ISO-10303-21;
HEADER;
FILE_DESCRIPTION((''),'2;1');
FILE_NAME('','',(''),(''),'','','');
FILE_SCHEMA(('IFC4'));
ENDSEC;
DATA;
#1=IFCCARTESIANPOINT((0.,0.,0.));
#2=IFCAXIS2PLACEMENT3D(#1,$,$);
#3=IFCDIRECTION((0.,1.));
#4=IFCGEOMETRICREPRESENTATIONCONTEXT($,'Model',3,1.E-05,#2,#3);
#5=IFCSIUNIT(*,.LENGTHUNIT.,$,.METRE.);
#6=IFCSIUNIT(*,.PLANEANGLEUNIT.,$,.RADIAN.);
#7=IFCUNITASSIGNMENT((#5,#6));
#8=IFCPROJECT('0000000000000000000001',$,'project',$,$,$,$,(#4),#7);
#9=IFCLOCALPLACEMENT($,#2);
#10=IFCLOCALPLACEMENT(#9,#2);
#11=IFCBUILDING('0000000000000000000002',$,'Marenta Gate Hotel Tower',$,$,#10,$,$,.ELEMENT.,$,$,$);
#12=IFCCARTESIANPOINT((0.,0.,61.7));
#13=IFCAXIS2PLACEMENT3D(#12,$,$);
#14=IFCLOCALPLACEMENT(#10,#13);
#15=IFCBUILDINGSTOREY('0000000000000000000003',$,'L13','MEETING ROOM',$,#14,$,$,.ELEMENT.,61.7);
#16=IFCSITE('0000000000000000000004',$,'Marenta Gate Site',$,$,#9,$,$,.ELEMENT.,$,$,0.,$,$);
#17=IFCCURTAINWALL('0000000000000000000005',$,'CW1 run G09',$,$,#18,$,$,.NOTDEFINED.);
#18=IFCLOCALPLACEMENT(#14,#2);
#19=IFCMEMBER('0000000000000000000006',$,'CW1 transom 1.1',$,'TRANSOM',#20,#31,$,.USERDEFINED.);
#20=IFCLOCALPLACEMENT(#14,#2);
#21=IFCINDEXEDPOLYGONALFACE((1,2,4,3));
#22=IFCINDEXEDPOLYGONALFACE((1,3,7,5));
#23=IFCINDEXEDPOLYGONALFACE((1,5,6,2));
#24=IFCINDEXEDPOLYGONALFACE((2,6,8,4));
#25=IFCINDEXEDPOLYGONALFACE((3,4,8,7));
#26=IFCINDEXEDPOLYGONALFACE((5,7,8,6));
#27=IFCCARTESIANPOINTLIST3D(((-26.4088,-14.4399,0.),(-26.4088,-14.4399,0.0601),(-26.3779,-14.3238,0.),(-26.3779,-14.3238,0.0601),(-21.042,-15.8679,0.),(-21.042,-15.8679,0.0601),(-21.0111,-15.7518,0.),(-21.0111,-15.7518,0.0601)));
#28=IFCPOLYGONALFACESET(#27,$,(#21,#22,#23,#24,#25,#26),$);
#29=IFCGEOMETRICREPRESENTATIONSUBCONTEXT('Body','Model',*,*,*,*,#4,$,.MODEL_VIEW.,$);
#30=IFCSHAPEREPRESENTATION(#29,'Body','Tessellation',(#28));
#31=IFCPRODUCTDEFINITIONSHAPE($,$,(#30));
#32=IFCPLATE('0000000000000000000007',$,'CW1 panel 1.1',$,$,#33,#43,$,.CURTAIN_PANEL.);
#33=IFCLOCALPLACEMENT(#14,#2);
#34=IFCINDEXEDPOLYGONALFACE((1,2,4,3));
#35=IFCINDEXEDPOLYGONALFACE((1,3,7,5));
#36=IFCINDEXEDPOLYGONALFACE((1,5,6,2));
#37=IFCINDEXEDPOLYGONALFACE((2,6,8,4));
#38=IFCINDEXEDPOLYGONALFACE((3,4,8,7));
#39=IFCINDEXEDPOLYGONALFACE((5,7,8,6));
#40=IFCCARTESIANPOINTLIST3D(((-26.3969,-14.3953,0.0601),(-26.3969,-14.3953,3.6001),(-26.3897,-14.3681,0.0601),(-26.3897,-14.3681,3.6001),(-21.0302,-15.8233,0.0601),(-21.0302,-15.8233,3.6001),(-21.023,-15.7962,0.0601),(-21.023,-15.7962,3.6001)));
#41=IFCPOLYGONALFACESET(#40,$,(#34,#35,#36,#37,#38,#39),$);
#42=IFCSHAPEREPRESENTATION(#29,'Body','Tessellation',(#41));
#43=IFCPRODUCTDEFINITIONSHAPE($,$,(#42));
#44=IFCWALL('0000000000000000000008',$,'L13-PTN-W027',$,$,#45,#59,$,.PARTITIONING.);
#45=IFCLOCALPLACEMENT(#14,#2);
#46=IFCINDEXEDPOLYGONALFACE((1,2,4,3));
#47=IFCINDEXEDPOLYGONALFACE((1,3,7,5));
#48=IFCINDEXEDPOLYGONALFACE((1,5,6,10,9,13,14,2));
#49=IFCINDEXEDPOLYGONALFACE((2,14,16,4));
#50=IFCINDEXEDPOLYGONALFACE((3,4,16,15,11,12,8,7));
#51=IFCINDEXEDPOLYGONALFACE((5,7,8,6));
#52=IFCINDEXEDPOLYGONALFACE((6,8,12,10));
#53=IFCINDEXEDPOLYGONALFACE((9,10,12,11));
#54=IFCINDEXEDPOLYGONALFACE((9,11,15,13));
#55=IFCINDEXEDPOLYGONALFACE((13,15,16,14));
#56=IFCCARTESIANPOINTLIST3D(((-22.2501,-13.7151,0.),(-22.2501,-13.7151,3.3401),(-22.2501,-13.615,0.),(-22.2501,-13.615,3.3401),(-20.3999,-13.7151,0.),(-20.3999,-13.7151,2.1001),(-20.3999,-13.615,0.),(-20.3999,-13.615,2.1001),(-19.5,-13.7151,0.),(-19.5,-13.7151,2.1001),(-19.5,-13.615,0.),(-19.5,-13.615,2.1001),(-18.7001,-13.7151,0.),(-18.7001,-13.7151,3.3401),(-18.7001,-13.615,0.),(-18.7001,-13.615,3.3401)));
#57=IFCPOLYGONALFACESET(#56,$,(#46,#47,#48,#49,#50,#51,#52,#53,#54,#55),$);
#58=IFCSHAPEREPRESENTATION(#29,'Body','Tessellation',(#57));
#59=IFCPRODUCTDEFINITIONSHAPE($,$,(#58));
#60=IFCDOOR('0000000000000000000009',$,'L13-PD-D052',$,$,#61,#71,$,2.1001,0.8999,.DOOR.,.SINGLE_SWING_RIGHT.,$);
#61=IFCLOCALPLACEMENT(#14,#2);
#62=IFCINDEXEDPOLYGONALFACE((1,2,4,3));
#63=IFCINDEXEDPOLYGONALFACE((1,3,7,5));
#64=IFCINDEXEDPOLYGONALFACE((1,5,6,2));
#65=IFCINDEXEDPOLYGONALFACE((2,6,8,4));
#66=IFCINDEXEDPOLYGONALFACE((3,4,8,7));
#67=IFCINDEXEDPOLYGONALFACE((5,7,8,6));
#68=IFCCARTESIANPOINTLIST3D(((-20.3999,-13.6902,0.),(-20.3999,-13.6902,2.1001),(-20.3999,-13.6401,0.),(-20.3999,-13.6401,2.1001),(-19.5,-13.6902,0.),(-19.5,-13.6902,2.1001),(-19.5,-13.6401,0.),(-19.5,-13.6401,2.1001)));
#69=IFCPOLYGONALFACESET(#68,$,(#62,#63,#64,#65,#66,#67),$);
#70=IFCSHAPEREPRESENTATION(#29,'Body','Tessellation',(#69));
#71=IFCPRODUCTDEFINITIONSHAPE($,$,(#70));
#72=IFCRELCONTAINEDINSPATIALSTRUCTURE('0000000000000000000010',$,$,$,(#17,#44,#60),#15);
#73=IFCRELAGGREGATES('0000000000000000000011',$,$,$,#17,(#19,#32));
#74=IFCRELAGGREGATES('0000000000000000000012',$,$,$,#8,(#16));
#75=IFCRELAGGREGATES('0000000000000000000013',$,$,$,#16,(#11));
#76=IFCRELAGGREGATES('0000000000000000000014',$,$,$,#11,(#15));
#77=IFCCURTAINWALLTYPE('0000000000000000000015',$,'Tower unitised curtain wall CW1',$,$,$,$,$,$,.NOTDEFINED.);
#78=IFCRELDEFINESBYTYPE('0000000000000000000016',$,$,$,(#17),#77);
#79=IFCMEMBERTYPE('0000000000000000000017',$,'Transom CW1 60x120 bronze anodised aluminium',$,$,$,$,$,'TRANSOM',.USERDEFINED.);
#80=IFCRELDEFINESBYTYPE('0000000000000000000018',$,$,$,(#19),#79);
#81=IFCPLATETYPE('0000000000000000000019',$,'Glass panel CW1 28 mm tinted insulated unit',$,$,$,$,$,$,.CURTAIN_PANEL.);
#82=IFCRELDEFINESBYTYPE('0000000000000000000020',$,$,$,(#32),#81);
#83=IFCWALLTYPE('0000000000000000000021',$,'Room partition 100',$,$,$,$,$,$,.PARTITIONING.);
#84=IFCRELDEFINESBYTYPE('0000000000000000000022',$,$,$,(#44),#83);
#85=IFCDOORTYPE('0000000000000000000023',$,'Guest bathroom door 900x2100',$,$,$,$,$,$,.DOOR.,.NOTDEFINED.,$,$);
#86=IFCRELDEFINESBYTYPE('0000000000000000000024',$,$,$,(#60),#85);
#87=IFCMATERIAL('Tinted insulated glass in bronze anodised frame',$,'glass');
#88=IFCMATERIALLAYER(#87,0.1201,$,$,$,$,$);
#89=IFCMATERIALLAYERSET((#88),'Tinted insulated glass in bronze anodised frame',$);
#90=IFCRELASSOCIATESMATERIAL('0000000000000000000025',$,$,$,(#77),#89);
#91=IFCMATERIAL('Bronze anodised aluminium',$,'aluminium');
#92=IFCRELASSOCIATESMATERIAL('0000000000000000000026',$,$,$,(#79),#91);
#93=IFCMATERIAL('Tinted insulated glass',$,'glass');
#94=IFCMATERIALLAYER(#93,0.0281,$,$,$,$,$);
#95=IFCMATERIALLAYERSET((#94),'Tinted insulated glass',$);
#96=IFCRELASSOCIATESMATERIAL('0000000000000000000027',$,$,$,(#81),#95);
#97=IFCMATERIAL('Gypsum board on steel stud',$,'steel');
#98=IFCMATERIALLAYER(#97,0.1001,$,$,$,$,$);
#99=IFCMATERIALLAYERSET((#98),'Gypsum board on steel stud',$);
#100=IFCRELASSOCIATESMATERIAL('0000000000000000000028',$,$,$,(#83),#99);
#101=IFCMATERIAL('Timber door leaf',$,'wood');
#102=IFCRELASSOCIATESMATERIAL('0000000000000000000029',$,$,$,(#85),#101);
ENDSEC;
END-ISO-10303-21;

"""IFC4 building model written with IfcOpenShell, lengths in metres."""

from ifc_helpers import new_model, si_unit, direction, frame, frame_2d, origin, origin_2d, place, context, subcontext, project, spatial, rectangle, extrude, material, layer, layer_set, material_profile, profile_set, type_object, element, fill, aggregate, save


model = new_model("IFC4")

# Units and contexts
model_context = context("Model", 3, precision=1e-05, world=origin(), true_north=direction((0.0, 1.0)))
body_context = subcontext(model_context, "Body", "Model", "MODEL_VIEW")
ifc_project = project(units=[si_unit("LENGTHUNIT", "METRE"), si_unit("PLANEANGLEUNIT", "RADIAN")], contexts=[model_context])

# Site, building, storey
site_placement = place(None, origin())
site = spatial("IfcSite", under=ifc_project, at=site_placement, Name="Marenta Gate Site", CompositionType="ELEMENT", RefElevation=0.0)
building_placement = place(site_placement, origin())
building = spatial("IfcBuilding", under=site, at=building_placement, Name="Marenta Gate Hotel Tower", CompositionType="ELEMENT")
storey_placement = place(building_placement, frame((0.0, 0.0, 61.7)))
storey = spatial("IfcBuildingStorey", under=building, at=storey_placement, Name="L13", Description="MEETING ROOM", CompositionType="ELEMENT", Elevation=61.7)

# Curtain wall, member, plate
ifc_material_1 = material(Name="Tinted insulated glass in bronze anodised frame", Category="glass")
ifc_layer_1 = layer(ifc_material_1, 0.1201)
ifc_layer_set_1 = layer_set([ifc_layer_1], Name="Tinted insulated glass in bronze anodised frame")
curtain_wall_type = type_object("IfcCurtainWallType", Name="Tower unitised curtain wall CW1", PredefinedType="NOTDEFINED", material=ifc_layer_set_1)
curtain_wall_placement = place(storey_placement, origin())
curtain_wall = element("IfcCurtainWall", 1, at=curtain_wall_placement, inside=storey, type_object=curtain_wall_type, Name="CW1 run G09", PredefinedType="NOTDEFINED")
ifc_material_2 = material(Name="Bronze anodised aluminium", Category="aluminium")
ifc_material_profile_1 = material_profile(ifc_material_2, rectangle(XDim=0.1201, YDim=0.0601, at=origin_2d()), Name="Transom CW1 60x120 bronze anodised aluminium")
ifc_profile_set_1 = profile_set([ifc_material_profile_1], Name="Bronze anodised aluminium")
member_type_1 = type_object("IfcMemberType", Name="Transom CW1 60x120 bronze anodised aluminium", ElementType="TRANSOM", PredefinedType="USERDEFINED", material=ifc_profile_set_1)
member_1_placement = place(storey_placement, frame((-26.3933, -14.3818, 0.03), z_axis=(0.966376, -0.257135, 0.0), x_axis=(0.257135, 0.966376, 0.0)))
member_1 = element("IfcMember", 2, at=member_1_placement, type_object=member_type_1, Name="CW1 transom 1.1", ObjectType="TRANSOM", PredefinedType="USERDEFINED", context=body_context, shape_type="SweptSolid", body=[
    extrude(rectangle(XDim=0.1201, YDim=0.0601, at=origin_2d()), origin(), (0.0, 0.0, 1.0), 5.5535),
])
ifc_material_3 = material(Name="Tinted insulated glass", Category="glass")
ifc_layer_2 = layer(ifc_material_3, 0.0281)
ifc_layer_set_2 = layer_set([ifc_layer_2], Name="Tinted insulated glass")
plate_type = type_object("IfcPlateType", Name="Glass panel CW1 28 mm tinted insulated unit", PredefinedType="CURTAIN_PANEL", material=ifc_layer_set_2)
plate_placement = place(storey_placement, frame((-23.71, -15.0957, 0.0601), z_axis=(0.0, 0.0, 1.0), x_axis=(0.966374, -0.257142, 0.0)))
plate = element("IfcPlate", 3, at=plate_placement, type_object=plate_type, Name="CW1 panel 1.1", PredefinedType="CURTAIN_PANEL", context=body_context, shape_type="SweptSolid", body=[
    extrude(rectangle(XDim=5.5535, YDim=0.0281, at=origin_2d()), origin(), (0.0, 0.0, 1.0), 3.54),
])
aggregate(curtain_wall, [member_1, plate])

# Wall, opening, door
ifc_material_4 = material(Name="Gypsum board on steel stud", Category="steel")
ifc_layer_3 = layer(ifc_material_4, 0.1001)
ifc_layer_set_3 = layer_set([ifc_layer_3], Name="Gypsum board on steel stud")
wall_type = type_object("IfcWallType", Name="Room partition 100", PredefinedType="PARTITIONING", material=ifc_layer_set_3)
wall_1_placement = place(storey_placement, frame((-22.25, -13.665, 0.0), z_axis=(0.0, 0.0, 1.0), x_axis=(1.0, 0.0, 0.0)))
wall_1 = element("IfcWall", 4, at=wall_1_placement, inside=storey, type_object=wall_type, Name="L13-PTN-W027", PredefinedType="PARTITIONING", context=body_context, shape_type="SweptSolid", body=[
    extrude(rectangle(XDim=3.55, YDim=0.1001, at=frame_2d((1.7749, 0.0))), origin(), (0.0, 0.0, 1.0), 3.3401),
])
opening_placement = place(wall_1_placement, frame((1.8501, 0.0, 0.0)))
opening = element("IfcOpeningElement", 5, at=opening_placement, cuts=wall_1, PredefinedType="OPENING", context=body_context, shape_type="SweptSolid", body=[
    extrude(rectangle(XDim=0.8999, YDim=2.1001, at=frame_2d((0.45, 1.05))), frame((0.0, 0.05, 0.0), z_axis=(0.0, -1.0, 0.0), x_axis=(1.0, 0.0, 0.0)), (0.0, 0.0, 1.0), 0.1001),
])
ifc_material_5 = material(Name="Timber door leaf", Category="wood")
door_type = type_object("IfcDoorType", Name="Guest bathroom door 900x2100", OperationType="NOTDEFINED", PredefinedType="DOOR", material=ifc_material_5)
door_placement = place(opening_placement, origin())
door = element("IfcDoor", 6, at=door_placement, inside=storey, type_object=door_type, Name="L13-PD-D052", OperationType="SINGLE_SWING_RIGHT", OverallHeight=2.1001, OverallWidth=0.8999, PredefinedType="DOOR", context=body_context, shape_type="SweptSolid", body=[
    extrude(rectangle(XDim=0.8999, YDim=2.1001, at=frame_2d((0.45, 1.05))), frame((0.0, 0.0249, 0.0), z_axis=(0.0, -1.0, 0.0), x_axis=(1.0, 0.0, 0.0)), (0.0, 0.0, 1.0), 0.05),
])
fill(opening, door)

save(model, "model.ifc")
